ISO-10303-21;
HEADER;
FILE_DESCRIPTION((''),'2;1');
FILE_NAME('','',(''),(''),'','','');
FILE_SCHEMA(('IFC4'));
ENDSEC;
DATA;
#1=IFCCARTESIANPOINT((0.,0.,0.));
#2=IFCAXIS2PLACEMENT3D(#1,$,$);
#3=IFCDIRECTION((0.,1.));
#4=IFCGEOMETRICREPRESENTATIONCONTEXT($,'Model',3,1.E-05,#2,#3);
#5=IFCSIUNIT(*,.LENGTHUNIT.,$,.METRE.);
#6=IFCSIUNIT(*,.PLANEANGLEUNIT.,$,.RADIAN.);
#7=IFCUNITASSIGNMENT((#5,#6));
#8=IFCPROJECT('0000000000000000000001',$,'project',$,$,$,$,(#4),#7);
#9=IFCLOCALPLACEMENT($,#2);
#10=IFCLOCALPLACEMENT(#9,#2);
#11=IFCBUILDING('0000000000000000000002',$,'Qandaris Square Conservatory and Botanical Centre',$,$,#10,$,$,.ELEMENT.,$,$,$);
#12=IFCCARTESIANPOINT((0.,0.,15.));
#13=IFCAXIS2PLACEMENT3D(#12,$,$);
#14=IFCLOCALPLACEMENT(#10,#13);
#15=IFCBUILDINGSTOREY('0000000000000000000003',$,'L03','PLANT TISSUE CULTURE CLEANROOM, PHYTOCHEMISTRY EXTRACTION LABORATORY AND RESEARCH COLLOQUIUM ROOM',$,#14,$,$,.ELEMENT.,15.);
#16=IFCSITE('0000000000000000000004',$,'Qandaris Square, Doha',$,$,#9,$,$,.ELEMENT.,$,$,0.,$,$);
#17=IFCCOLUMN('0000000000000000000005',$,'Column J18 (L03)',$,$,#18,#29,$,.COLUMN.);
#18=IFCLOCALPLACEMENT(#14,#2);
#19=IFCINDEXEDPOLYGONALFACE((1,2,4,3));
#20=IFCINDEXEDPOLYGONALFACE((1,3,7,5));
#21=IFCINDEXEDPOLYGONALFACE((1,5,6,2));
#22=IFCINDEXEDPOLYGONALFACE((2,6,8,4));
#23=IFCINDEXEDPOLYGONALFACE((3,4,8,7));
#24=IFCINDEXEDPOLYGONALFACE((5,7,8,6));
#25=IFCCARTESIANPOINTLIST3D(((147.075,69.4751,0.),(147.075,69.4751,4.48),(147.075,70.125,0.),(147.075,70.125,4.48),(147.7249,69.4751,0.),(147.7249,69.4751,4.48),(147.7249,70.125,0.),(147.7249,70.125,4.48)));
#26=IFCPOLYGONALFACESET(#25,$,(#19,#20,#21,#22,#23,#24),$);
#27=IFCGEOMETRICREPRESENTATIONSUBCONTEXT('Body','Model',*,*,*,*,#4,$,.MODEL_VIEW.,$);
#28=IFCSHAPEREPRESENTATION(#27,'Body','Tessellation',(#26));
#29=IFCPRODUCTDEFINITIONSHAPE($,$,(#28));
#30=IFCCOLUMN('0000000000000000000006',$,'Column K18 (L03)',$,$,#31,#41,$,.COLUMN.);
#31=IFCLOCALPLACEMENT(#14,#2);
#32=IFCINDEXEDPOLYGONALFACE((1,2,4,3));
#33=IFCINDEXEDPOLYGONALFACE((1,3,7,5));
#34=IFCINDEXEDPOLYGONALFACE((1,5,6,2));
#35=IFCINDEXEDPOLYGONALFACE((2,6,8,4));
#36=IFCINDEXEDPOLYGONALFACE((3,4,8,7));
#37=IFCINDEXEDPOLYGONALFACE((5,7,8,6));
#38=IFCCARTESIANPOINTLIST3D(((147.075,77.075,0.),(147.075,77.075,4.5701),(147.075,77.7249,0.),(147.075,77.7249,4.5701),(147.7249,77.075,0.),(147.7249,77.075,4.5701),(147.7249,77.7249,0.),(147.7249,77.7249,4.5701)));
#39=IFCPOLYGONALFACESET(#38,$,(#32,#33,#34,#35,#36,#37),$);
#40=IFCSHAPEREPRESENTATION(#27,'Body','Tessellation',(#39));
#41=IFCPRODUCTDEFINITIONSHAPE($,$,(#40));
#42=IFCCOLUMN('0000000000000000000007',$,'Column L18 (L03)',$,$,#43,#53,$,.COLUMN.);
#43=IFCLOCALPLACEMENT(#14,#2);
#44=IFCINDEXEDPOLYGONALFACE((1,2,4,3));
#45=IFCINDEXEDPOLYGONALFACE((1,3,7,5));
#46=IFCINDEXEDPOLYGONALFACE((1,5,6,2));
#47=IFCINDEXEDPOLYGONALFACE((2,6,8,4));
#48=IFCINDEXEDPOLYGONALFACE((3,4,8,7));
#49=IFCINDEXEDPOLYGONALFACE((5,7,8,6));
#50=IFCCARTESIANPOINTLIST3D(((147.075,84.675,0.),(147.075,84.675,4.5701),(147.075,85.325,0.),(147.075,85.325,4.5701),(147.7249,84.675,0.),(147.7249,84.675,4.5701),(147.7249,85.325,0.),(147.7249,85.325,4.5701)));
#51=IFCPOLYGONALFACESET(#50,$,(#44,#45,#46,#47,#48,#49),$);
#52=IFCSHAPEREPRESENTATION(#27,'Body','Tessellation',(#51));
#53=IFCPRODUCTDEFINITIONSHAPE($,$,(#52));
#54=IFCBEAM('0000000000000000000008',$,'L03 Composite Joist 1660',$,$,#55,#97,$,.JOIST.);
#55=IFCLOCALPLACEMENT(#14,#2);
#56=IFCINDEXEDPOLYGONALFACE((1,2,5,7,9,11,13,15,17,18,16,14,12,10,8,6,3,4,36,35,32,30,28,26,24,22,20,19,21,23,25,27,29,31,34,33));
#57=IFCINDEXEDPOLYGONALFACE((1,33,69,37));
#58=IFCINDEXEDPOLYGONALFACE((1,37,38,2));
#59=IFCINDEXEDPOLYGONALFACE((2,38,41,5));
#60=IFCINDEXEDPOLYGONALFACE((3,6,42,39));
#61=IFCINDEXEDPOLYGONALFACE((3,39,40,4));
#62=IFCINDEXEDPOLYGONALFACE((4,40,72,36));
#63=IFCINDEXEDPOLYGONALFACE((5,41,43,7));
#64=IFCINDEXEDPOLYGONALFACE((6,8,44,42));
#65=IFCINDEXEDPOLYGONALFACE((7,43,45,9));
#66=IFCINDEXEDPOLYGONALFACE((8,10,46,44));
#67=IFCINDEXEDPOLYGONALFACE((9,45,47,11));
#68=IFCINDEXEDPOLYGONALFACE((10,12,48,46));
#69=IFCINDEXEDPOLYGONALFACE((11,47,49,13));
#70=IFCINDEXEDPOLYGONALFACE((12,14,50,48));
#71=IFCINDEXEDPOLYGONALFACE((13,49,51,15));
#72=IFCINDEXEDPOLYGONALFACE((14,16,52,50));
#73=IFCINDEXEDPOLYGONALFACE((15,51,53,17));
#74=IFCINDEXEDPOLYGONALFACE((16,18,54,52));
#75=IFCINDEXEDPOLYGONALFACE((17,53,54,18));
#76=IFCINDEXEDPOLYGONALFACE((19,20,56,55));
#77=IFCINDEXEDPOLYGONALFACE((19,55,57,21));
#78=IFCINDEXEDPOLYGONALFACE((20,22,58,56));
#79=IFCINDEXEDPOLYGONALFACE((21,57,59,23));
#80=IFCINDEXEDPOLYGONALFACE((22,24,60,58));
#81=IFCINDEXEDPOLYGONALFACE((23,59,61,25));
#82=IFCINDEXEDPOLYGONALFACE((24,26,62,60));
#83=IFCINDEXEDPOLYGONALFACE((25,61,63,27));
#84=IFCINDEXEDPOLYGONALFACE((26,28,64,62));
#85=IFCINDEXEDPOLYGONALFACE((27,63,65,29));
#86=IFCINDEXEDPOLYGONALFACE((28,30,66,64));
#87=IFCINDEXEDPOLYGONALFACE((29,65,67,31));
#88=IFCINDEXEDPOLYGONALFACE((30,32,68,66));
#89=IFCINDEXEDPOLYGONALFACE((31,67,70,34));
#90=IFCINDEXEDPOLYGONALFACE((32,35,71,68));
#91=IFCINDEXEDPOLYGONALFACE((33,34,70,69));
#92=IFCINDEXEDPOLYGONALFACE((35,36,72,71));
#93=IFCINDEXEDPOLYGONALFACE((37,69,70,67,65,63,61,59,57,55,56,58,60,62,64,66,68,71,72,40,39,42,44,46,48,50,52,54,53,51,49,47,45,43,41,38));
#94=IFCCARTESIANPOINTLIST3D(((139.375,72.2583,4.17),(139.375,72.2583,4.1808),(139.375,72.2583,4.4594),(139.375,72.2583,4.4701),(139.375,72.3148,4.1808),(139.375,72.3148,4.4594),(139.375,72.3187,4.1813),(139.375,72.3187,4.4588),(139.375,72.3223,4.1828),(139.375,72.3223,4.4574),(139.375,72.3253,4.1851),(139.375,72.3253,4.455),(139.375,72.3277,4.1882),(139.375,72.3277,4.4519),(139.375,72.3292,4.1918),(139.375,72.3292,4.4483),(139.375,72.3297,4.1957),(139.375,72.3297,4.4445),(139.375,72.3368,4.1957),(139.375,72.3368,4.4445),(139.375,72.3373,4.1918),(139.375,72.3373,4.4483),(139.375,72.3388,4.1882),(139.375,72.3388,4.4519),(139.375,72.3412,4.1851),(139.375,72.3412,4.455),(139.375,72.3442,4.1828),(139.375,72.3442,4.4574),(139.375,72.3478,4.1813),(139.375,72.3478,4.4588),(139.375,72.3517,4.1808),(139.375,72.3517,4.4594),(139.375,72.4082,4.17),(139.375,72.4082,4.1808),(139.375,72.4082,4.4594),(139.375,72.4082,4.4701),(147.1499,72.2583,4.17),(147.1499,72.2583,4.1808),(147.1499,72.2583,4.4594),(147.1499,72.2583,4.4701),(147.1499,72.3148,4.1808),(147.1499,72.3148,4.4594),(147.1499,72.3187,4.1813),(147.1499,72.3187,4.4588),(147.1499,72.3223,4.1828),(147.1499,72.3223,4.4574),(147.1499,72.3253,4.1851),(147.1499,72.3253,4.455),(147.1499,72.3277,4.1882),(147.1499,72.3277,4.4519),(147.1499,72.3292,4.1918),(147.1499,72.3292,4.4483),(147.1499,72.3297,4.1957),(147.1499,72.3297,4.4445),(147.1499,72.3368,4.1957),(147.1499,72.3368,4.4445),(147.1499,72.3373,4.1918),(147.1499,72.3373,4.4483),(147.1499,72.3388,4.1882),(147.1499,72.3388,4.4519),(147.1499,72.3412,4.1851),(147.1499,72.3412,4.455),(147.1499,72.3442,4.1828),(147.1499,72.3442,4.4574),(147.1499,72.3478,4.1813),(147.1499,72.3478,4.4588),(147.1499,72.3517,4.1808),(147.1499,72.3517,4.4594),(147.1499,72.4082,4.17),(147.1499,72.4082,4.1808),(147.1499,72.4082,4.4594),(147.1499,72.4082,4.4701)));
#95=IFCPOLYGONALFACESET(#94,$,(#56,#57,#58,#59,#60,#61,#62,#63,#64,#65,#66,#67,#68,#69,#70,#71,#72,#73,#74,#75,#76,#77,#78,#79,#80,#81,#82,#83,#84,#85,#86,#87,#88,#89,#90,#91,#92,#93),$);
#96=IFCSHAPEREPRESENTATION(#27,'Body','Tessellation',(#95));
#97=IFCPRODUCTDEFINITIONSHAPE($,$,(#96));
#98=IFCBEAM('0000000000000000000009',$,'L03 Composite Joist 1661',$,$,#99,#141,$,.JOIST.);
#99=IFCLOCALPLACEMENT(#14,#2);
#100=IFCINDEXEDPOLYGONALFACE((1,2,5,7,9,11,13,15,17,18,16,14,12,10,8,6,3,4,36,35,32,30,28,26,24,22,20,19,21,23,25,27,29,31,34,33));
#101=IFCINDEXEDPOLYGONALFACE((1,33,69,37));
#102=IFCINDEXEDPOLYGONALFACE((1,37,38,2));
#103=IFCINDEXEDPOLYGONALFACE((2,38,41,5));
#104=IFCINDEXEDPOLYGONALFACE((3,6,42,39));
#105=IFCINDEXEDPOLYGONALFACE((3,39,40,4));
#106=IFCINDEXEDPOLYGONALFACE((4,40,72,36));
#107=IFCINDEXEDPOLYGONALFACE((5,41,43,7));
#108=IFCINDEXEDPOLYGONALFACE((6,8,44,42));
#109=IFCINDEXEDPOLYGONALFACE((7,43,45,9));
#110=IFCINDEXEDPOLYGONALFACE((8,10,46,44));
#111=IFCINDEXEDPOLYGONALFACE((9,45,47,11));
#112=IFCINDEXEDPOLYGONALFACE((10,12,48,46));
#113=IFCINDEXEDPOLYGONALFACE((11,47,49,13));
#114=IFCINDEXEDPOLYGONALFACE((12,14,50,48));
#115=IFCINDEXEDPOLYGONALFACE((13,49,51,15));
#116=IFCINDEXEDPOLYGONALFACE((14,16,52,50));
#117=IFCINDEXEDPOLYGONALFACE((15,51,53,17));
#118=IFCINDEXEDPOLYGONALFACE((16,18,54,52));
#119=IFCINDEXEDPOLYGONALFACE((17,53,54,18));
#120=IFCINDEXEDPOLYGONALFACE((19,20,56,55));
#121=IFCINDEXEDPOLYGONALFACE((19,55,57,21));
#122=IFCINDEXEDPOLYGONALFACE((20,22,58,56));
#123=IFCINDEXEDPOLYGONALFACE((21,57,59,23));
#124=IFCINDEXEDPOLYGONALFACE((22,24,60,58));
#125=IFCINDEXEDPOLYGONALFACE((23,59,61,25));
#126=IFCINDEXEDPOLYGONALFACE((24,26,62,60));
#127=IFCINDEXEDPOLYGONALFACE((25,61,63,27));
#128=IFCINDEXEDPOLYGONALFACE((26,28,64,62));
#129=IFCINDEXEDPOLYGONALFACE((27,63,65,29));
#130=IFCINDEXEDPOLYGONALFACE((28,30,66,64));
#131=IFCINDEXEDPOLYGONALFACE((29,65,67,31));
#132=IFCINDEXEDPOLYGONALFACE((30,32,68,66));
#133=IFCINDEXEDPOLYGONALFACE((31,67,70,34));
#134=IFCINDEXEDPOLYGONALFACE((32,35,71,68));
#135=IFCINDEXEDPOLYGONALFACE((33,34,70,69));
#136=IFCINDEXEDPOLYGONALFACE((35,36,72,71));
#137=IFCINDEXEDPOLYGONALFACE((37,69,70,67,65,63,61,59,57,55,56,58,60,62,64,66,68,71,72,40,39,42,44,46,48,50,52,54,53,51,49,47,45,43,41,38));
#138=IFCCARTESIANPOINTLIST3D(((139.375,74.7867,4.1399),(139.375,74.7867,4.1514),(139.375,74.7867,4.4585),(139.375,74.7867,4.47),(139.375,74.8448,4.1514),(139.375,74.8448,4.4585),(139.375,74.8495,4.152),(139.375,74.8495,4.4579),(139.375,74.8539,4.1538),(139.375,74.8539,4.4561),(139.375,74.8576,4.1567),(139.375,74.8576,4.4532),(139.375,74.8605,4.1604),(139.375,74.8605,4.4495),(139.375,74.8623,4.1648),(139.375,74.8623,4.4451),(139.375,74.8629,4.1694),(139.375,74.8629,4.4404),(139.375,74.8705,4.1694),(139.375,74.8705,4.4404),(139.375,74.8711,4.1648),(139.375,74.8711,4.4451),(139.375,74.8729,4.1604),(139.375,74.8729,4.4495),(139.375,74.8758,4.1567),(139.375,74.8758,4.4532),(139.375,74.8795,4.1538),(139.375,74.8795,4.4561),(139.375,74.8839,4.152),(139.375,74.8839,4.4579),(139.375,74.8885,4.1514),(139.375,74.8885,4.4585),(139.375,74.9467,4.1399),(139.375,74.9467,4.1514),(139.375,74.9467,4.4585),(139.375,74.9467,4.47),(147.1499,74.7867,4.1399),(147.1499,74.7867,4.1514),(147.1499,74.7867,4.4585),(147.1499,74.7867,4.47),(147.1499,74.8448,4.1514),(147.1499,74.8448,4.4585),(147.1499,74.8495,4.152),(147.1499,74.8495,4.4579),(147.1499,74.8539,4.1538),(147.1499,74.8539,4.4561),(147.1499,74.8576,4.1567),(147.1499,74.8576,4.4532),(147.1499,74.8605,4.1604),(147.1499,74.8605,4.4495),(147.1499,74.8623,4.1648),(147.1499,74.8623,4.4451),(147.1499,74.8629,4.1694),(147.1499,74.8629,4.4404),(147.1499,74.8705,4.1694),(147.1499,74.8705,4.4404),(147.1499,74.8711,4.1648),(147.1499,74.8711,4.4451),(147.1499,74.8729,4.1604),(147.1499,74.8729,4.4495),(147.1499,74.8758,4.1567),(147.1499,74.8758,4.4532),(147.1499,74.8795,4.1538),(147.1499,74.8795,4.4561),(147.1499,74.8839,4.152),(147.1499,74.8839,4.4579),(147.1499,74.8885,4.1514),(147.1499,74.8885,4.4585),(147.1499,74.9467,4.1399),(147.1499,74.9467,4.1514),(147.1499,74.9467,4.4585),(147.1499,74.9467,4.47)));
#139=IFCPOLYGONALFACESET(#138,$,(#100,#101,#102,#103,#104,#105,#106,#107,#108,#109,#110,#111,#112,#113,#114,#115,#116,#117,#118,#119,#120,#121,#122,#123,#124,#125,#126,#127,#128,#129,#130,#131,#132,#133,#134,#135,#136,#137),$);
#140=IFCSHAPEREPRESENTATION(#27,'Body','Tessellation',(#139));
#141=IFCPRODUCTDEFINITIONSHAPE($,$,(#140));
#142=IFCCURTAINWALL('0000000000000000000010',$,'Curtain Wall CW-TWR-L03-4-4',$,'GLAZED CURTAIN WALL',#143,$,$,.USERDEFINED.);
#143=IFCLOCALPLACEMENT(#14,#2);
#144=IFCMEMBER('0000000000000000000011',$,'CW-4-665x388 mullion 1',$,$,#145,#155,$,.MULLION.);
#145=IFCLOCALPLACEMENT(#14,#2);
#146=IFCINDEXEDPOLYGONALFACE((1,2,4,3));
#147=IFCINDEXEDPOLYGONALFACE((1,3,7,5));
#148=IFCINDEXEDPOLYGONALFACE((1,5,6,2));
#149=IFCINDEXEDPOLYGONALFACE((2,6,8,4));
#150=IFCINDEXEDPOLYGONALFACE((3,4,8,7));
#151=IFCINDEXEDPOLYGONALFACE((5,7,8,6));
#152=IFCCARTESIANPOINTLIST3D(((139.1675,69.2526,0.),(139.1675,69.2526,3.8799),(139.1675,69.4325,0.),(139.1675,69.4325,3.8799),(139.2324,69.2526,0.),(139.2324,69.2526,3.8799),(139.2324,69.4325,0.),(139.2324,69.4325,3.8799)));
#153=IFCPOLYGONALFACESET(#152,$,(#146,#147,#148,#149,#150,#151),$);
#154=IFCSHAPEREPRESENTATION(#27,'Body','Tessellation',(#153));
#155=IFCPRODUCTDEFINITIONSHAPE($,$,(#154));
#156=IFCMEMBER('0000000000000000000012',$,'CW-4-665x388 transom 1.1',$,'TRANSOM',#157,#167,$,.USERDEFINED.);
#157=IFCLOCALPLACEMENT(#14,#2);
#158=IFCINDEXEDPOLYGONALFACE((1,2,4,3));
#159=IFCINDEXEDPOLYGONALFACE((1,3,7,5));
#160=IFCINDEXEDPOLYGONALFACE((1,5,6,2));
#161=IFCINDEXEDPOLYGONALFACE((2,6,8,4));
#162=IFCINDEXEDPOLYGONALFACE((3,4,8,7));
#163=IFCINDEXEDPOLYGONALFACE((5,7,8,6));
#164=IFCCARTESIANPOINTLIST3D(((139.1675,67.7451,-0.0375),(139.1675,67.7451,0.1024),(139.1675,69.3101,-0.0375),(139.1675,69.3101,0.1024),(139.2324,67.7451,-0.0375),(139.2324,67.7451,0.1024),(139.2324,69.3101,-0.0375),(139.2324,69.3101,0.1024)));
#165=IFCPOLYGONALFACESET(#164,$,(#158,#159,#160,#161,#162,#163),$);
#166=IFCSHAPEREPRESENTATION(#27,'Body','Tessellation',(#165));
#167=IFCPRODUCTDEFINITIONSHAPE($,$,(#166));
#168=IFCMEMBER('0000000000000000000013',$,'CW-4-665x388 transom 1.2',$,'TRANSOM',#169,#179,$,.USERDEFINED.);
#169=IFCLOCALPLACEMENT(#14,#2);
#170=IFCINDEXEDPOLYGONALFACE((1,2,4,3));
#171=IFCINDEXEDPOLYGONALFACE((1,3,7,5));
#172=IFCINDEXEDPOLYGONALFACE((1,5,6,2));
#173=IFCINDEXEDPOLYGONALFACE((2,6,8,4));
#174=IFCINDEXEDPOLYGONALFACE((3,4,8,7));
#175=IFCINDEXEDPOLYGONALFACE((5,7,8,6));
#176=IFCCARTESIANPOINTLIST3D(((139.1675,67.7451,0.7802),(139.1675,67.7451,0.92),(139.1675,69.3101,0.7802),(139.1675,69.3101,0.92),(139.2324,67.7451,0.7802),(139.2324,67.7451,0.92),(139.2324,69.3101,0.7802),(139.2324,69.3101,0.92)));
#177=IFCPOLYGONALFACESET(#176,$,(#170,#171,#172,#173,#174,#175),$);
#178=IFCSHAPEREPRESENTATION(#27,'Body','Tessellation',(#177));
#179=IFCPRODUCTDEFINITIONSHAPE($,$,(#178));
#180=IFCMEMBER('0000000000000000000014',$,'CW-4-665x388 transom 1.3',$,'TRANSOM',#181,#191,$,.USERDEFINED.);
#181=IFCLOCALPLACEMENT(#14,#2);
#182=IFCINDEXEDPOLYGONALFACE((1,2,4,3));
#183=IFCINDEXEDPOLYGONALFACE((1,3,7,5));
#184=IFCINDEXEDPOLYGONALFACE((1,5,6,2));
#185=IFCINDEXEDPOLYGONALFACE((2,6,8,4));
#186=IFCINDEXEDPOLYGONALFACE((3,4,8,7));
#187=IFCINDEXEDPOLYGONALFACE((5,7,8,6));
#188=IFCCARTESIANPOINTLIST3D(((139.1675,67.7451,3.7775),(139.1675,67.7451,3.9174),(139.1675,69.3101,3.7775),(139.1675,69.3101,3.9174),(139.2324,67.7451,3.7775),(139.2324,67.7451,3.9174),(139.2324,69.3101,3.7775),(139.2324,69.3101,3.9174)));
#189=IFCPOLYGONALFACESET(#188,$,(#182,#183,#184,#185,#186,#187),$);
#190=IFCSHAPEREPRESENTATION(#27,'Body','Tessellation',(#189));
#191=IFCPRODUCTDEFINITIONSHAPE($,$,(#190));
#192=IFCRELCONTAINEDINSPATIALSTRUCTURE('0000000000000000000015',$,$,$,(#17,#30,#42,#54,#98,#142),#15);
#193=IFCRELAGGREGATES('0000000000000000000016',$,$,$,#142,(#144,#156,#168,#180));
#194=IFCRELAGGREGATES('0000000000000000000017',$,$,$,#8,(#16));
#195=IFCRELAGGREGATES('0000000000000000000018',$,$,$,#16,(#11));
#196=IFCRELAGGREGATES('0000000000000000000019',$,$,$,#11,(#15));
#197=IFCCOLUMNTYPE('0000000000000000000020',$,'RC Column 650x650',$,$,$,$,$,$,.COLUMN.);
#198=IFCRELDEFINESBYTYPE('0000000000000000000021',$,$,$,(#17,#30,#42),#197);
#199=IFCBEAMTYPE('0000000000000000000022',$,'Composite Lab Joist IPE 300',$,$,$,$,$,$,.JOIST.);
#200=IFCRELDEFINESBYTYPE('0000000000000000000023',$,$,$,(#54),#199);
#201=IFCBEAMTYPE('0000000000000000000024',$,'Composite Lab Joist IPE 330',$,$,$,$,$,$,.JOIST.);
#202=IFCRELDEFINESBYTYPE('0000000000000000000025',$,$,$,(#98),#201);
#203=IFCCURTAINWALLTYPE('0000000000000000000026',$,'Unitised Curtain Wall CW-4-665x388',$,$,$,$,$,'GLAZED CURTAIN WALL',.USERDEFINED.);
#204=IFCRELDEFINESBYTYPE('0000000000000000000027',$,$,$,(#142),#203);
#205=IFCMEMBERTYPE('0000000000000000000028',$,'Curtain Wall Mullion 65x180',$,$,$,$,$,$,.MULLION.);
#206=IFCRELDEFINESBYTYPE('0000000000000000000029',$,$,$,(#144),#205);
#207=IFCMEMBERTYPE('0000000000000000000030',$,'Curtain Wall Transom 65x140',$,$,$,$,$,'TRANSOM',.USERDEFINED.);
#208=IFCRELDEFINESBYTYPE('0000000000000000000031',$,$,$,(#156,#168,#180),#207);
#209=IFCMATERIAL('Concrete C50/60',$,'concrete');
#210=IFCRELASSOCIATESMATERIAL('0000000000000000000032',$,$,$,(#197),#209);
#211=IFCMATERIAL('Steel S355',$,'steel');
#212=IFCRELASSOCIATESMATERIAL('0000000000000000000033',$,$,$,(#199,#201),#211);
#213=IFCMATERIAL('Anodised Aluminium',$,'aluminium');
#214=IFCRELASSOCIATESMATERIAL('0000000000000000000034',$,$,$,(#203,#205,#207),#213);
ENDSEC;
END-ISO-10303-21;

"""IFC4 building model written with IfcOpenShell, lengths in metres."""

from ifc_helpers import new_model, si_unit, direction, frame, origin, origin_2d, place, context, subcontext, project, spatial, rectangle, i_section, extrude, material, material_profile, profile_set, type_object, element, aggregate, save


model = new_model("IFC4")

# Units and contexts
model_context = context("Model", 3, precision=1e-05, world=origin(), true_north=direction((0.0, 1.0)))
body_context = subcontext(model_context, "Body", "Model", "MODEL_VIEW")
ifc_project = project(units=[si_unit("LENGTHUNIT", "METRE"), si_unit("PLANEANGLEUNIT", "RADIAN")], contexts=[model_context])

# Site, building, storey
site_placement = place(None, origin())
site = spatial("IfcSite", under=ifc_project, at=site_placement, Name="Qandaris Square, Doha", CompositionType="ELEMENT", RefElevation=0.0)
building_placement = place(site_placement, origin())
building = spatial("IfcBuilding", under=site, at=building_placement, Name="Qandaris Square Conservatory and Botanical Centre", CompositionType="ELEMENT")
storey_placement = place(building_placement, frame((0.0, 0.0, 15.0)))
storey = spatial("IfcBuildingStorey", under=building, at=storey_placement, Name="L03", Description="PLANT TISSUE CULTURE CLEANROOM, PHYTOCHEMISTRY EXTRACTION LABORATORY AND RESEARCH COLLOQUIUM ROOM", CompositionType="ELEMENT", Elevation=15.0)

# Columns
ifc_material_1 = material(Name="Concrete C50/60", Category="concrete")
ifc_material_profile_1 = material_profile(ifc_material_1, rectangle(XDim=0.6499, YDim=0.6499, at=origin_2d()), Name="RC-COL 650x650")
ifc_profile_set_1 = profile_set([ifc_material_profile_1], Name="Concrete C50/60")
column_type = type_object("IfcColumnType", Name="RC Column 650x650", PredefinedType="COLUMN", material=ifc_profile_set_1)
column_placement = place(storey_placement, frame((147.3999, 69.8, 0.0), z_axis=(0.0, 0.0, 1.0), x_axis=(1.0, 0.0, 0.0)))
element("IfcColumn", 1, at=column_placement, inside=storey, type_object=column_type, Name="Column J18 (L03)", PredefinedType="COLUMN", context=body_context, shape_type="SweptSolid", body=[
    extrude(rectangle(XDim=0.6499, YDim=0.6499, at=origin_2d()), origin(), (0.0, 0.0, 1.0), 4.48),
])
for number, where, z_axis, x_axis, name in (
    (2, (147.3999, 77.3999, 0.0), (0.0, 0.0, 1.0), (1.0, 0.0, 0.0), "Column K18 (L03)"),
    (3, (147.3999, 85.0, 0.0), (0.0, 0.0, 1.0), (1.0, 0.0, 0.0), "Column L18 (L03)"),
):
    element("IfcColumn", number, at=place(storey_placement, frame(where, z_axis=z_axis, x_axis=x_axis)), inside=storey, type_object=column_type, Name=name, PredefinedType="COLUMN", context=body_context, shape_type="SweptSolid", body=[
        extrude(rectangle(XDim=0.6499, YDim=0.6499, at=origin_2d()), origin(), (0.0, 0.0, 1.0), 4.5701),
    ])

# Beams
ifc_material_2 = material(Name="Steel S355", Category="steel")
ifc_material_profile_2 = material_profile(ifc_material_2, i_section(OverallWidth=0.1499, OverallDepth=0.3, WebThickness=0.0071, FlangeThickness=0.0107, FilletRadius=0.0149, at=origin_2d()), Name="IPE 300")
ifc_profile_set_2 = profile_set([ifc_material_profile_2], Name="Steel S355")
beam_type_1 = type_object("IfcBeamType", Name="Composite Lab Joist IPE 300", PredefinedType="JOIST", material=ifc_profile_set_2)
beam_1_placement = place(storey_placement, frame((139.375, 72.3333, 4.3201), z_axis=(1.0, 0.0, 0.0), x_axis=(0.0, 1.0, 0.0)))
element("IfcBeam", 4, at=beam_1_placement, inside=storey, type_object=beam_type_1, Name="L03 Composite Joist 1660", PredefinedType="JOIST", context=body_context, shape_type="SweptSolid", body=[
    extrude(i_section(OverallWidth=0.1499, OverallDepth=0.3, WebThickness=0.0071, FlangeThickness=0.0107, FilletRadius=0.0149, at=origin_2d()), origin(), (0.0, 0.0, 1.0), 7.7749),
])
ifc_material_profile_3 = material_profile(ifc_material_2, i_section(OverallWidth=0.1599, OverallDepth=0.3301, WebThickness=0.0076, FlangeThickness=0.0115, FilletRadius=0.0181, at=origin_2d()), Name="IPE 330")
ifc_profile_set_3 = profile_set([ifc_material_profile_3], Name="Steel S355")
beam_type_2 = type_object("IfcBeamType", Name="Composite Lab Joist IPE 330", PredefinedType="JOIST", material=ifc_profile_set_3)
beam_2_placement = place(storey_placement, frame((139.375, 74.8667, 4.3049), z_axis=(1.0, 0.0, 0.0), x_axis=(0.0, 1.0, 0.0)))
element("IfcBeam", 5, at=beam_2_placement, inside=storey, type_object=beam_type_2, Name="L03 Composite Joist 1661", PredefinedType="JOIST", context=body_context, shape_type="SweptSolid", body=[
    extrude(i_section(OverallWidth=0.1599, OverallDepth=0.3301, WebThickness=0.0076, FlangeThickness=0.0115, FilletRadius=0.0181, at=origin_2d()), origin(), (0.0, 0.0, 1.0), 7.7749),
])

# Curtain wall, members
ifc_material_3 = material(Name="Anodised Aluminium", Category="aluminium")
curtain_wall_type = type_object("IfcCurtainWallType", Name="Unitised Curtain Wall CW-4-665x388", ElementType="GLAZED CURTAIN WALL", PredefinedType="USERDEFINED", material=ifc_material_3)
curtain_wall_placement = place(storey_placement, origin())
curtain_wall = element("IfcCurtainWall", 6, at=curtain_wall_placement, inside=storey, type_object=curtain_wall_type, Name="Curtain Wall CW-TWR-L03-4-4", ObjectType="GLAZED CURTAIN WALL", PredefinedType="USERDEFINED")
ifc_material_profile_4 = material_profile(ifc_material_3, rectangle(XDim=0.0649, YDim=0.1799, at=origin_2d()), Name="ALU-MUL 65x180")
ifc_profile_set_4 = profile_set([ifc_material_profile_4], Name="Anodised Aluminium")
member_type_1 = type_object("IfcMemberType", Name="Curtain Wall Mullion 65x180", PredefinedType="MULLION", material=ifc_profile_set_4)
member_1_placement = place(storey_placement, frame((139.2, 69.3425, 0.0), z_axis=(0.0, 0.0, 1.0), x_axis=(1.0, 0.0, 0.0)))
member_1 = element("IfcMember", 7, at=member_1_placement, type_object=member_type_1, Name="CW-4-665x388 mullion 1", PredefinedType="MULLION", context=body_context, shape_type="SweptSolid", body=[
    extrude(rectangle(XDim=0.0649, YDim=0.1799, at=origin_2d()), origin(), (0.0, 0.0, 1.0), 3.8799),
])
ifc_material_profile_5 = material_profile(ifc_material_3, rectangle(XDim=0.0649, YDim=0.1399, at=origin_2d()), Name="ALU-TRN 65x140")
ifc_profile_set_5 = profile_set([ifc_material_profile_5], Name="Anodised Aluminium")
member_type_2 = type_object("IfcMemberType", Name="Curtain Wall Transom 65x140", ElementType="TRANSOM", PredefinedType="USERDEFINED", material=ifc_profile_set_5)
member_2_placement = place(storey_placement, frame((139.2, 69.3101, 0.0325), z_axis=(0.0, -1.0, 0.0), x_axis=(1.0, 0.0, 0.0)))
member_2 = element("IfcMember", 8, at=member_2_placement, type_object=member_type_2, Name="CW-4-665x388 transom 1.1", ObjectType="TRANSOM", PredefinedType="USERDEFINED", context=body_context, shape_type="SweptSolid", body=[
    extrude(rectangle(XDim=0.0649, YDim=0.1399, at=origin_2d()), origin(), (0.0, 0.0, 1.0), 1.5649),
])
member_3_placement = place(storey_placement, frame((139.2, 69.3101, 0.8501), z_axis=(0.0, -1.0, 0.0), x_axis=(1.0, 0.0, 0.0)))
member_3 = element("IfcMember", 9, at=member_3_placement, type_object=member_type_2, Name="CW-4-665x388 transom 1.2", ObjectType="TRANSOM", PredefinedType="USERDEFINED", context=body_context, shape_type="SweptSolid", body=[
    extrude(rectangle(XDim=0.0649, YDim=0.1399, at=origin_2d()), origin(), (0.0, 0.0, 1.0), 1.5649),
])
member_4_placement = place(storey_placement, frame((139.2, 69.3101, 3.8474), z_axis=(0.0, -1.0, 0.0), x_axis=(1.0, 0.0, 0.0)))
member_4 = element("IfcMember", 10, at=member_4_placement, type_object=member_type_2, Name="CW-4-665x388 transom 1.3", ObjectType="TRANSOM", PredefinedType="USERDEFINED", context=body_context, shape_type="SweptSolid", body=[
    extrude(rectangle(XDim=0.0649, YDim=0.1399, at=origin_2d()), origin(), (0.0, 0.0, 1.0), 1.5649),
])
aggregate(curtain_wall, [member_1, member_2, member_3, member_4])

save(model, "model.ifc")
